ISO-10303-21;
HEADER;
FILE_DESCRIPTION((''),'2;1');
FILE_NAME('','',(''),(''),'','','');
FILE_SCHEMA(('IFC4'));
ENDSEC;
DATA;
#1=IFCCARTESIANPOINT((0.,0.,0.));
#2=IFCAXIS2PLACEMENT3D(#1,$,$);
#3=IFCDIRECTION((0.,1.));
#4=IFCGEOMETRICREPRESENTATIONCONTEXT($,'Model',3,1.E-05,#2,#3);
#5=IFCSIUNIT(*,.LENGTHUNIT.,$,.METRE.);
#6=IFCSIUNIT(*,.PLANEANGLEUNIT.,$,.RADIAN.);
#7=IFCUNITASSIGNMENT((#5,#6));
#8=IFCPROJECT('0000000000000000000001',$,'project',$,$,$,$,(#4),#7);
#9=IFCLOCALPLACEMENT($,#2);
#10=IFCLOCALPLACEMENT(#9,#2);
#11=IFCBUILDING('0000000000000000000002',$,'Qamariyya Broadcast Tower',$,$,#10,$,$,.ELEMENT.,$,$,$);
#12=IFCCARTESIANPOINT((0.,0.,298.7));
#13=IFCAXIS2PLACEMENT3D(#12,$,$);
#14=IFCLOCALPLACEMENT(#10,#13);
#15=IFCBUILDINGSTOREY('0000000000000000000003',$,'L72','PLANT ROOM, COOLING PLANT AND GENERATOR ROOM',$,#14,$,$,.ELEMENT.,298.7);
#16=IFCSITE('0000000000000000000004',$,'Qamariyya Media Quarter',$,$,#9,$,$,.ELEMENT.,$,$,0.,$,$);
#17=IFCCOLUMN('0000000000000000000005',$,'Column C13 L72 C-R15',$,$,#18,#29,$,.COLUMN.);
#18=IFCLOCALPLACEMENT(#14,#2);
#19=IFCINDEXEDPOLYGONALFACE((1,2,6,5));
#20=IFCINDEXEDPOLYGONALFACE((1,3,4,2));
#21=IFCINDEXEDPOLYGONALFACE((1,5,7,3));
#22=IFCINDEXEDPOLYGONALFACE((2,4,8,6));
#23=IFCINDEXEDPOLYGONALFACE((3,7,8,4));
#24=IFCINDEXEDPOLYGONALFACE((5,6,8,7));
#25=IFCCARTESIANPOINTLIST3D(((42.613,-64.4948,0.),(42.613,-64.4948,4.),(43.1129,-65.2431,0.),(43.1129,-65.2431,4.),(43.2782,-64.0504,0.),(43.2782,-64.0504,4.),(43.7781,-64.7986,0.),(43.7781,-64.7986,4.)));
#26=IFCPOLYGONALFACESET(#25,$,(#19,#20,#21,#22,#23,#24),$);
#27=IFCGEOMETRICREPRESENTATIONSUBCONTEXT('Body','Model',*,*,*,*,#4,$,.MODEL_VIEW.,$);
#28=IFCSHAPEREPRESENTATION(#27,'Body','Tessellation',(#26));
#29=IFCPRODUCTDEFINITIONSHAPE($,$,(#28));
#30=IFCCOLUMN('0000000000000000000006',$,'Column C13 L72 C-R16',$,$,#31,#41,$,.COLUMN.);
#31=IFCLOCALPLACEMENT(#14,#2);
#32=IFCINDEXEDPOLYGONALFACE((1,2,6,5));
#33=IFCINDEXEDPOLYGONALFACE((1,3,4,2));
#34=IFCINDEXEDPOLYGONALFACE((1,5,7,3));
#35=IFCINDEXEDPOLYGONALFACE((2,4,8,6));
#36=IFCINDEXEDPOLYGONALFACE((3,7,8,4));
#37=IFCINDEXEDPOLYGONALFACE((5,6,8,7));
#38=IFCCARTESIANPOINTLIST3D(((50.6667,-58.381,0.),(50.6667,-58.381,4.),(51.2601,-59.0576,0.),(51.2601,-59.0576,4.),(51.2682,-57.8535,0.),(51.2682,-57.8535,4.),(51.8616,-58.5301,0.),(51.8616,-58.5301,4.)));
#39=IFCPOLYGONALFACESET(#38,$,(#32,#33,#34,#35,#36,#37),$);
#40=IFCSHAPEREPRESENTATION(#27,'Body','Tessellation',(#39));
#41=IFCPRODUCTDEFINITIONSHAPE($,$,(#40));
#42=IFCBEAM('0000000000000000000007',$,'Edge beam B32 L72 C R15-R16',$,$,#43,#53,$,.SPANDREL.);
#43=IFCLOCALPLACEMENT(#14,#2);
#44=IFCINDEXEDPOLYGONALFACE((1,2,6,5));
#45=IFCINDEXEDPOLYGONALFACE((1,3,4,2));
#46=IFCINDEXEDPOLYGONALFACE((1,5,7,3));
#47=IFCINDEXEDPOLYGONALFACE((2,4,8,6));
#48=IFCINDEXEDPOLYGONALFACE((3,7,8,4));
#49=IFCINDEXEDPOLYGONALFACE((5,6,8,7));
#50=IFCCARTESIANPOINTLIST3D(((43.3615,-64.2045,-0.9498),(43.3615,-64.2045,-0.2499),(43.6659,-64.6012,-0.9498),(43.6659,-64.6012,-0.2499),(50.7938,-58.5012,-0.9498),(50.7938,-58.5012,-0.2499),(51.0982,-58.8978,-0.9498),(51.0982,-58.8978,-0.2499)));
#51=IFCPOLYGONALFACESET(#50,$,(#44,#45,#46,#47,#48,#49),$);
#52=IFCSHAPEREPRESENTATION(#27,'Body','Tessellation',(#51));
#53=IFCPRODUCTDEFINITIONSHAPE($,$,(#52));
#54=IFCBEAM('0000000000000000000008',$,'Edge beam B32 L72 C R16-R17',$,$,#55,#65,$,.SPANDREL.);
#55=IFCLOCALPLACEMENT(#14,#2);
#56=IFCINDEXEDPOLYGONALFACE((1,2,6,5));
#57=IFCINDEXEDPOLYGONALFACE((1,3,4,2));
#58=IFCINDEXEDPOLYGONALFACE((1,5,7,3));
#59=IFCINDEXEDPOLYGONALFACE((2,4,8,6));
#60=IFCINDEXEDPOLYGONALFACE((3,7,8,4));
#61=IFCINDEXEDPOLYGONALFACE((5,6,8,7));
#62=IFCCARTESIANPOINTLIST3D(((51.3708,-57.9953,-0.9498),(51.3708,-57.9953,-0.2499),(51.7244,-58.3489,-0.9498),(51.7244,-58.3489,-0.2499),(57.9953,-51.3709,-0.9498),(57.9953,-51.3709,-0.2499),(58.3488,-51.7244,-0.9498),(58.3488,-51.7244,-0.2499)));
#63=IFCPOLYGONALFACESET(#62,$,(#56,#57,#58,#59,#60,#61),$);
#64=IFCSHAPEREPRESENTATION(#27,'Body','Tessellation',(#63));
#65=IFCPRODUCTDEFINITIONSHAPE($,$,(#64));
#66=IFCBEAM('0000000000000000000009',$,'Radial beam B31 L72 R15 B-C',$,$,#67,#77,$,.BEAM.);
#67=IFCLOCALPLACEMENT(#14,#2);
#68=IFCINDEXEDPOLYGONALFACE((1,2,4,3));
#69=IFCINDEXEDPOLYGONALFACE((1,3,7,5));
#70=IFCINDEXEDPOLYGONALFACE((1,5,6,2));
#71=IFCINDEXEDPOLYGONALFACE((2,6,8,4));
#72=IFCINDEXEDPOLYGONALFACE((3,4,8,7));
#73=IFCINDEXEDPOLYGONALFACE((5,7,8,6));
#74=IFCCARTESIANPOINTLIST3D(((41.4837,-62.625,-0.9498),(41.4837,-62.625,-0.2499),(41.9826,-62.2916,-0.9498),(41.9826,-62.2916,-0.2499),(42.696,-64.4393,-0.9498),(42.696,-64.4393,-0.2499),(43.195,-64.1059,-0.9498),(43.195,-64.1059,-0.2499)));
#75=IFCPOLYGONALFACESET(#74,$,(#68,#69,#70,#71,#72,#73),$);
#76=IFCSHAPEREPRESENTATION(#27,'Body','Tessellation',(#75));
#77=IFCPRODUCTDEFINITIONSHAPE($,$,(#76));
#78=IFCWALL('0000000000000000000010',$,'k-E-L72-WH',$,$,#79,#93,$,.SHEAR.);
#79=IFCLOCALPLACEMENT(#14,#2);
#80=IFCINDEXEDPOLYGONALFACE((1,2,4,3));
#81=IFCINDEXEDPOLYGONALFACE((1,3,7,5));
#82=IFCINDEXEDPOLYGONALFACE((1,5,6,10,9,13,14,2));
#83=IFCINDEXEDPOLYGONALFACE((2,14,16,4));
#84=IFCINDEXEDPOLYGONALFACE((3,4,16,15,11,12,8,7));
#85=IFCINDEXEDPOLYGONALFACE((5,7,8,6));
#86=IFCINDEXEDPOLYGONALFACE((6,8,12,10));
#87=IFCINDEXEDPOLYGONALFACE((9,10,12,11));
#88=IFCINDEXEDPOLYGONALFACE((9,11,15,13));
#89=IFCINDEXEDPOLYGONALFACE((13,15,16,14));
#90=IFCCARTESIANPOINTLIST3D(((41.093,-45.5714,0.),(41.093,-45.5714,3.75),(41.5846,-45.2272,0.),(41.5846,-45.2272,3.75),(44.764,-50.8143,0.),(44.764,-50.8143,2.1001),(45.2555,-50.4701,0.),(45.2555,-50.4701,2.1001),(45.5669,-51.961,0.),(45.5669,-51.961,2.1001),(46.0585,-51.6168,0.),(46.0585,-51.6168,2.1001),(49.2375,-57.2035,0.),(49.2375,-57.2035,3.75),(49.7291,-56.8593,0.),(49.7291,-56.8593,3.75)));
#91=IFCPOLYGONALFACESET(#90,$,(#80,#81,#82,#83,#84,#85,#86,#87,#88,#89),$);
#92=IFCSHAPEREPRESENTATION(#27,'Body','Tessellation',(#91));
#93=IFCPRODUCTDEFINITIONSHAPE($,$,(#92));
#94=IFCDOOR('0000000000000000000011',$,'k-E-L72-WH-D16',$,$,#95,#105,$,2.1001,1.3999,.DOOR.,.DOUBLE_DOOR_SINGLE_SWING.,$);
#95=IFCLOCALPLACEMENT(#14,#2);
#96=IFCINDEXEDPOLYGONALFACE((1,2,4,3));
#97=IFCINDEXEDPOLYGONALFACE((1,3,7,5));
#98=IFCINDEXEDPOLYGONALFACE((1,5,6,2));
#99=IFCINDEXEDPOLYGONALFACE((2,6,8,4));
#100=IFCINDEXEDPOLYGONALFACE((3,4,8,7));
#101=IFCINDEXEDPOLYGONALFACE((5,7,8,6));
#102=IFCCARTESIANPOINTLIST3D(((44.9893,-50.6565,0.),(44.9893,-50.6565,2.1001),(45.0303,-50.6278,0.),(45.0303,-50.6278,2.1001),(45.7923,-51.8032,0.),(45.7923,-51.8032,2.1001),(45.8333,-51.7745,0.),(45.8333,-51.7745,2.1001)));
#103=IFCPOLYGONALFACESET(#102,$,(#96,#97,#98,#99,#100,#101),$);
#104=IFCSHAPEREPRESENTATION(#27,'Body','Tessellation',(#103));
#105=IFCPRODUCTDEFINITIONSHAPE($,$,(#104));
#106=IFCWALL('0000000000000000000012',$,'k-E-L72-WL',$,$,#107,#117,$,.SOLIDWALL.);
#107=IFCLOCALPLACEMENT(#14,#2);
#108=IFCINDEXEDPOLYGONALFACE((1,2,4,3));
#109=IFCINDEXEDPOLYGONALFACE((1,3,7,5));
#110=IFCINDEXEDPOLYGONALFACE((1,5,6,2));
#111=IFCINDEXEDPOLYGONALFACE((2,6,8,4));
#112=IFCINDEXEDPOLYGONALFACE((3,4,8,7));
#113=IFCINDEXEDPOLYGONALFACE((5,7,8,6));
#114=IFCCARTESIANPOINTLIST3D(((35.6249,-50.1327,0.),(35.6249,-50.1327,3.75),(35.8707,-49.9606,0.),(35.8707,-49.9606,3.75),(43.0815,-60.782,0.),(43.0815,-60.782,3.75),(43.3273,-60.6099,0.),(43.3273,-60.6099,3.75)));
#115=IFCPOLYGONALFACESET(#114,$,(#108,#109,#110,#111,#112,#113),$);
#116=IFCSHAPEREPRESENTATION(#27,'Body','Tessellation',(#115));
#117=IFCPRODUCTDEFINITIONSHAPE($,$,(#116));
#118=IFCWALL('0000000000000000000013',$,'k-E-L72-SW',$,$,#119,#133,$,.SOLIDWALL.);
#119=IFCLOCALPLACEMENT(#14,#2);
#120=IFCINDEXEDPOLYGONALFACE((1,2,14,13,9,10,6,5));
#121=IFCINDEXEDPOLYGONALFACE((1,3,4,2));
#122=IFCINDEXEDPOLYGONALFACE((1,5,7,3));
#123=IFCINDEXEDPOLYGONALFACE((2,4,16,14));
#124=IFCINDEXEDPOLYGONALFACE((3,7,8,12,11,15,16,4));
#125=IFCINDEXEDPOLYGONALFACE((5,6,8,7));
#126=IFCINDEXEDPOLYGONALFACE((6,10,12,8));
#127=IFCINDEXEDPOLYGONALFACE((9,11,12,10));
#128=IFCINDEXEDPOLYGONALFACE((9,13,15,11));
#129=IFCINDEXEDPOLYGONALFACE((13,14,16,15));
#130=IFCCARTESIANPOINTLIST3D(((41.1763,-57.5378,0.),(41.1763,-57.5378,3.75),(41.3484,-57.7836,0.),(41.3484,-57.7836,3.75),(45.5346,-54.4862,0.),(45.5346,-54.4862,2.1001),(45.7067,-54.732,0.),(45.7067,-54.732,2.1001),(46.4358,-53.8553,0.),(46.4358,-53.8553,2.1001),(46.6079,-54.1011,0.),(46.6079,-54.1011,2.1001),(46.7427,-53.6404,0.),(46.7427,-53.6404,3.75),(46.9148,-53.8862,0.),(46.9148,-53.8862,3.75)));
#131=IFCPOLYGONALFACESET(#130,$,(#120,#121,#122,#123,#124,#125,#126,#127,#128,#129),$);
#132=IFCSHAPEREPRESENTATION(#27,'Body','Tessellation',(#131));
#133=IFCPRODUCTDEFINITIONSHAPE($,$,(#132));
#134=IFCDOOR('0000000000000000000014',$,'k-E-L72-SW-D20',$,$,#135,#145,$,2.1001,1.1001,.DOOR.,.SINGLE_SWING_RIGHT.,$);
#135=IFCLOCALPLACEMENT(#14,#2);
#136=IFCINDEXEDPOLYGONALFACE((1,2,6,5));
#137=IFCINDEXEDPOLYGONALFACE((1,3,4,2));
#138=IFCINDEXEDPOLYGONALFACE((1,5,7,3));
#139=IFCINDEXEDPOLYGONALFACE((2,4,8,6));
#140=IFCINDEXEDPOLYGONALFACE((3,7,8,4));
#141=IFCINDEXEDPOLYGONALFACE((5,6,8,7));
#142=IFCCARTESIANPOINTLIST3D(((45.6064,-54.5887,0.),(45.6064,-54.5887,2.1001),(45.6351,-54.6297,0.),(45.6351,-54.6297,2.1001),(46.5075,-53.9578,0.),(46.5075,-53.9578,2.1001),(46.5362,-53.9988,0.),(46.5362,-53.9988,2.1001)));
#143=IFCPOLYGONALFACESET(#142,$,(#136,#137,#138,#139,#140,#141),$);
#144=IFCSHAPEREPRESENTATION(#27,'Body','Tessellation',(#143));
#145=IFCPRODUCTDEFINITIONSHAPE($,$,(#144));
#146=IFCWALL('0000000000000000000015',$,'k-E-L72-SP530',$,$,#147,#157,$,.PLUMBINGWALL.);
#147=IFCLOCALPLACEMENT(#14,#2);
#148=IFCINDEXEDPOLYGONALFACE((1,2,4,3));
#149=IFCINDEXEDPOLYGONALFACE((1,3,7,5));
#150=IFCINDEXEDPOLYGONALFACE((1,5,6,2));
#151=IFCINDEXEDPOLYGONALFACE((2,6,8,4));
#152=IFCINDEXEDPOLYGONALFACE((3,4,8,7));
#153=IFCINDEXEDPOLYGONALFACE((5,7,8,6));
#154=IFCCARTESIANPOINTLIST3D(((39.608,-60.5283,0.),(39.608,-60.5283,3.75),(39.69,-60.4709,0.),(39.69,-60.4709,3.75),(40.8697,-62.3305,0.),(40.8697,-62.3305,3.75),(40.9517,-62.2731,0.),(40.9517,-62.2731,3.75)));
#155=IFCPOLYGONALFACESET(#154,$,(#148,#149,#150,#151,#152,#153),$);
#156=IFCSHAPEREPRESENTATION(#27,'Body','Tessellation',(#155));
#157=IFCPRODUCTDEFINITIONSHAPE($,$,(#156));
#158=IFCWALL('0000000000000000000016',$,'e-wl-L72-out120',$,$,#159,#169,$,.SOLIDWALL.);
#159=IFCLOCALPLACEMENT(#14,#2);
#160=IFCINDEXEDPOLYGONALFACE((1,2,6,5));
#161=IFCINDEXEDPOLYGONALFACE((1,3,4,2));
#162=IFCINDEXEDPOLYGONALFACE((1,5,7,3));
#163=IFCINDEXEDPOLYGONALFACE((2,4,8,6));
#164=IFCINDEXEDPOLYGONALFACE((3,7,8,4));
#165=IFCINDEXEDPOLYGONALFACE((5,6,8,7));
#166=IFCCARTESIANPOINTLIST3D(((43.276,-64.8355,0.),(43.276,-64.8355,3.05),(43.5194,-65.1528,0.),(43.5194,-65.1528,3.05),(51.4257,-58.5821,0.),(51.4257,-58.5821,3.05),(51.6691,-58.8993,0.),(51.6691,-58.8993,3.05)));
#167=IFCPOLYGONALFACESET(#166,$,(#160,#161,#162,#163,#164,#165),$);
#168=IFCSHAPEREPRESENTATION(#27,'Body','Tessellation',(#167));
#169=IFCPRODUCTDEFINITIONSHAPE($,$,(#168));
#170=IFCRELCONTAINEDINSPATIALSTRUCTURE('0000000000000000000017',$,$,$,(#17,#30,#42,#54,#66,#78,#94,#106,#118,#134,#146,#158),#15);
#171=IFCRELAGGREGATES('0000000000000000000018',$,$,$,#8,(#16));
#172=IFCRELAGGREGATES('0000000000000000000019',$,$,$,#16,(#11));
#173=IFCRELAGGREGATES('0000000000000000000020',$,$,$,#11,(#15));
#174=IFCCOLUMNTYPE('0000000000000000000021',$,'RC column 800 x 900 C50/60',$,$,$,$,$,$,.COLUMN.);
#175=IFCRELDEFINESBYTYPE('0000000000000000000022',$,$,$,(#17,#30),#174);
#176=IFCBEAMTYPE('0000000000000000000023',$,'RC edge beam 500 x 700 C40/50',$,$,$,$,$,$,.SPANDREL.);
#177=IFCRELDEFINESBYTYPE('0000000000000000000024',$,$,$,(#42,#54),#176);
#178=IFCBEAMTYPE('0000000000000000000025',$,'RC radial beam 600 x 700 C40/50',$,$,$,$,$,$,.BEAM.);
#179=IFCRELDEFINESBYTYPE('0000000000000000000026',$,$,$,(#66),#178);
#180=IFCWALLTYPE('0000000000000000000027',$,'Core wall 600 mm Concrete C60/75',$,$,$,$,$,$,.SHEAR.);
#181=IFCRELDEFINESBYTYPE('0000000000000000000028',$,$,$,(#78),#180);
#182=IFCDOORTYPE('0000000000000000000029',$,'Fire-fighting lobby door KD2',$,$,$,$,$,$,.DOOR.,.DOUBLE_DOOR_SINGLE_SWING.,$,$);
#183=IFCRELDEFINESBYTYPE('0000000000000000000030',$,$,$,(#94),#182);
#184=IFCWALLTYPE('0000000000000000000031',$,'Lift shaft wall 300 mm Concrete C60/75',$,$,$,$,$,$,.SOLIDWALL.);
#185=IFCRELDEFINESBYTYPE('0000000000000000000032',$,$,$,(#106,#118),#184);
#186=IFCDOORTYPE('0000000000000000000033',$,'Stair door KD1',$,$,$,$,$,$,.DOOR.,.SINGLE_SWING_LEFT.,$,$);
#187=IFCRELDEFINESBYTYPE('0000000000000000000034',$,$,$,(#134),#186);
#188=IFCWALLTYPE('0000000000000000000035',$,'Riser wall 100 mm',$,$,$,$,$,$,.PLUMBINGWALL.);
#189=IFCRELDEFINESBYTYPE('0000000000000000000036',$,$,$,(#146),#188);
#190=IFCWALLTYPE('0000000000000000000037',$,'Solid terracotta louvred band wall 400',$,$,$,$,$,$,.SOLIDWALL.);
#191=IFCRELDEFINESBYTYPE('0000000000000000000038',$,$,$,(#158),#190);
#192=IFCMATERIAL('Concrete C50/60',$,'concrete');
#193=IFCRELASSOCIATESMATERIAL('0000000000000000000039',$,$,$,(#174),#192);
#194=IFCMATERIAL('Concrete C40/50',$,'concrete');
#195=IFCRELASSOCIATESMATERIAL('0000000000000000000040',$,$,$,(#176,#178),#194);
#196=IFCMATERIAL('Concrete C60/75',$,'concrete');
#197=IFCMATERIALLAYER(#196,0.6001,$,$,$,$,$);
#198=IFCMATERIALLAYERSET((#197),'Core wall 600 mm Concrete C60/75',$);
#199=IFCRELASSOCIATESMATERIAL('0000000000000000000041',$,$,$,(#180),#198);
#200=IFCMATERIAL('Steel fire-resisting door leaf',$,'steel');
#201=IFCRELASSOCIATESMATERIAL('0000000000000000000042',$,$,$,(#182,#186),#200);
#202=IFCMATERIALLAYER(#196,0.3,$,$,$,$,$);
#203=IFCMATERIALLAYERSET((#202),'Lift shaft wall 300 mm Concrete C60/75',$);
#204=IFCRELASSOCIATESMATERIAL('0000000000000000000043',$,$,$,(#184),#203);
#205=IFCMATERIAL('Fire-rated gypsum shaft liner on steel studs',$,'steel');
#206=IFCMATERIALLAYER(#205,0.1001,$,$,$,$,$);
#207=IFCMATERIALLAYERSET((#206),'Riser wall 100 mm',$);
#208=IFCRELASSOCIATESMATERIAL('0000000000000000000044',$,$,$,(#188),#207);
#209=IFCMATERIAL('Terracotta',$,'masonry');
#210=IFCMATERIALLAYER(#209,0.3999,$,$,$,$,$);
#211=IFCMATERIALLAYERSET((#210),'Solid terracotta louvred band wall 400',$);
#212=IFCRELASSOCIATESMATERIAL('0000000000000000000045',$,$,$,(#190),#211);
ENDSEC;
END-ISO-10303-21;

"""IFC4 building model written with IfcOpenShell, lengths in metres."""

from ifc_helpers import new_model, si_unit, direction, frame, frame_2d, origin, origin_2d, place, context, subcontext, project, spatial, rectangle, extrude, material, layer, layer_set, material_profile, profile_set, type_object, element, fill, save


model = new_model("IFC4")

# Units and contexts
model_context = context("Model", 3, precision=1e-05, world=origin(), true_north=direction((0.0, 1.0)))
body_context = subcontext(model_context, "Body", "Model", "MODEL_VIEW")
ifc_project = project(units=[si_unit("LENGTHUNIT", "METRE"), si_unit("PLANEANGLEUNIT", "RADIAN")], contexts=[model_context])

# Site, building, storey
site_placement = place(None, origin())
site = spatial("IfcSite", under=ifc_project, at=site_placement, Name="Qamariyya Media Quarter", CompositionType="ELEMENT", RefElevation=0.0)
building_placement = place(site_placement, origin())
building = spatial("IfcBuilding", under=site, at=building_placement, Name="Qamariyya Broadcast Tower", CompositionType="ELEMENT")
storey_placement = place(building_placement, frame((0.0, 0.0, 298.7)))
storey = spatial("IfcBuildingStorey", under=building, at=storey_placement, Name="L72", Description="PLANT ROOM, COOLING PLANT AND GENERATOR ROOM", CompositionType="ELEMENT", Elevation=298.7)

# Columns
ifc_material_1 = material(Name="Concrete C50/60", Category="concrete")
ifc_material_profile_1 = material_profile(ifc_material_1, rectangle(XDim=0.8, YDim=0.8999, at=origin_2d()))
ifc_profile_set_1 = profile_set([ifc_material_profile_1], Name="Concrete C50/60")
column_type = type_object("IfcColumnType", Name="RC column 800 x 900 C50/60", PredefinedType="COLUMN", material=ifc_profile_set_1)
for number, where, z_axis, x_axis, name in (
    (1, (43.1956, -64.6467, 0.0), (0.0, 0.0, 1.0), (0.83147, 0.55557, 0.0), "Column C13 L72 C-R15"),
    (2, (51.2642, -58.4556, 0.0), (0.0, 0.0, 1.0), (0.75184, 0.659346, 0.0), "Column C13 L72 C-R16"),
):
    element("IfcColumn", number, at=place(storey_placement, frame(where, z_axis=z_axis, x_axis=x_axis)), inside=storey, type_object=column_type, Name=name, PredefinedType="COLUMN", context=body_context, shape_type="SweptSolid", body=[
        extrude(rectangle(XDim=0.8, YDim=0.8999, at=origin_2d()), origin(), (0.0, 0.0, 1.0), 4.0),
    ])

# Beams
ifc_material_2 = material(Name="Concrete C40/50", Category="concrete")
ifc_material_profile_2 = material_profile(ifc_material_2, rectangle(XDim=0.5, YDim=0.7, at=origin_2d()))
ifc_profile_set_2 = profile_set([ifc_material_profile_2], Name="Concrete C40/50")
beam_type_1 = type_object("IfcBeamType", Name="RC edge beam 500 x 700 C40/50", PredefinedType="SPANDREL", material=ifc_profile_set_2)
for number, where, z_axis, x_axis, name in (
    (3, (43.5137, -64.4028, -0.5999), (0.793337, 0.608782, 0.0), (-0.608782, 0.793337, 0.0), "Edge beam B32 L72 C R15-R16"),
    (4, (51.5476, -58.1721, -0.5999), (0.707107, 0.707107, 0.0), (-0.707107, 0.707107, 0.0), "Edge beam B32 L72 C R16-R17"),
):
    element("IfcBeam", number, at=place(storey_placement, frame(where, z_axis=z_axis, x_axis=x_axis)), inside=storey, type_object=beam_type_1, Name=name, PredefinedType="SPANDREL", context=body_context, shape_type="SweptSolid", body=[
        extrude(rectangle(XDim=0.5, YDim=0.7, at=origin_2d()), origin(), (0.0, 0.0, 1.0), 9.3684),
    ])
ifc_material_profile_3 = material_profile(ifc_material_2, rectangle(XDim=0.6001, YDim=0.7, at=origin_2d()))
ifc_profile_set_3 = profile_set([ifc_material_profile_3], Name="Concrete C40/50")
beam_type_2 = type_object("IfcBeamType", Name="RC radial beam 600 x 700 C40/50", PredefinedType="BEAM", material=ifc_profile_set_3)
beam_placement = place(storey_placement, frame((41.7332, -62.4583, -0.5999), z_axis=(0.555578, -0.831465, 0.0), x_axis=(0.831465, 0.555578, 0.0)))
element("IfcBeam", 5, at=beam_placement, inside=storey, type_object=beam_type_2, Name="Radial beam B31 L72 R15 B-C", PredefinedType="BEAM", context=body_context, shape_type="SweptSolid", body=[
    extrude(rectangle(XDim=0.6001, YDim=0.7, at=origin_2d()), origin(), (0.0, 0.0, 1.0), 2.1821),
])

# Wall, opening, door
ifc_material_3 = material(Name="Concrete C60/75", Category="concrete")
ifc_layer_1 = layer(ifc_material_3, 0.6001)
ifc_layer_set_1 = layer_set([ifc_layer_1], Name="Core wall 600 mm Concrete C60/75")
wall_type_1 = type_object("IfcWallType", Name="Core wall 600 mm Concrete C60/75", PredefinedType="SHEAR", material=ifc_layer_set_1)
wall_1_placement = place(storey_placement, frame((49.4834, -57.0315, 0.0), z_axis=(0.0, 0.0, 1.0), x_axis=(-0.57356, 0.819163, 0.0)))
wall_1 = element("IfcWall", 6, at=wall_1_placement, inside=storey, type_object=wall_type_1, Name="k-E-L72-WH", PredefinedType="SHEAR", context=body_context, shape_type="SweptSolid", body=[
    extrude(rectangle(XDim=14.2, YDim=0.6001, at=frame_2d((7.1001, 0.0))), origin(), (0.0, 0.0, 1.0), 3.75),
])
opening_1_placement = place(wall_1_placement, frame((6.3999, 0.0, 0.0)))
opening_1 = element("IfcOpeningElement", 7, at=opening_1_placement, cuts=wall_1, PredefinedType="OPENING", context=body_context, shape_type="SweptSolid", body=[
    extrude(rectangle(XDim=1.3999, YDim=2.1001, at=frame_2d((0.7, 1.05))), frame((0.0, 0.3101, 0.0), z_axis=(0.0, -1.0, 0.0), x_axis=(1.0, 0.0, 0.0)), (0.0, 0.0, 1.0), 0.6201),
])
ifc_material_4 = material(Name="Steel fire-resisting door leaf", Category="steel")
door_type_1 = type_object("IfcDoorType", Name="Fire-fighting lobby door KD2", OperationType="DOUBLE_DOOR_SINGLE_SWING", PredefinedType="DOOR", material=ifc_material_4)
door_1_placement = place(opening_1_placement, origin())
door_1 = element("IfcDoor", 8, at=door_1_placement, inside=storey, type_object=door_type_1, Name="k-E-L72-WH-D16", OperationType="DOUBLE_DOOR_SINGLE_SWING", OverallHeight=2.1001, OverallWidth=1.3999, PredefinedType="DOOR", context=body_context, shape_type="SweptSolid", body=[
    extrude(rectangle(XDim=1.3999, YDim=2.1001, at=frame_2d((0.7, 1.05))), frame((0.0, 0.0249, 0.0), z_axis=(0.0, -1.0, 0.0), x_axis=(1.0, 0.0, 0.0)), (0.0, 0.0, 1.0), 0.05),
])
fill(opening_1, door_1)

# Wall
ifc_layer_2 = layer(ifc_material_3, 0.3)
ifc_layer_set_2 = layer_set([ifc_layer_2], Name="Lift shaft wall 300 mm Concrete C60/75")
wall_type_2 = type_object("IfcWallType", Name="Lift shaft wall 300 mm Concrete C60/75", PredefinedType="SOLIDWALL", material=ifc_layer_set_2)
wall_2_placement = place(storey_placement, frame((43.2043, -60.6958, 0.0), z_axis=(0.0, 0.0, 1.0), x_axis=(-0.573572, 0.819155, 0.0)))
element("IfcWall", 9, at=wall_2_placement, inside=storey, type_object=wall_type_2, Name="k-E-L72-WL", PredefinedType="SOLIDWALL", context=body_context, shape_type="SweptSolid", body=[
    extrude(rectangle(XDim=13.0002, YDim=0.3, at=frame_2d((6.5, 0.0))), origin(), (0.0, 0.0, 1.0), 3.75),
])

# Wall, opening, door
wall_3_placement = place(storey_placement, frame((41.2625, -57.6606, 0.0), z_axis=(0.0, 0.0, 1.0), x_axis=(0.819164, 0.573559, 0.0)))
wall_3 = element("IfcWall", 10, at=wall_3_placement, inside=storey, type_object=wall_type_2, Name="k-E-L72-SW", PredefinedType="SOLIDWALL", context=body_context, shape_type="SweptSolid", body=[
    extrude(rectangle(XDim=6.7952, YDim=0.3, at=frame_2d((3.3975, 0.0))), origin(), (0.0, 0.0, 1.0), 3.75),
])
opening_2_placement = place(wall_3_placement, frame((5.3203, 0.0, 0.0)))
opening_2 = element("IfcOpeningElement", 11, at=opening_2_placement, cuts=wall_3, PredefinedType="OPENING", context=body_context, shape_type="SweptSolid", body=[
    extrude(rectangle(XDim=1.1001, YDim=2.1001, at=frame_2d((0.55, 1.05))), frame((0.0, 0.1599, 0.0), z_axis=(0.0, -1.0, 0.0), x_axis=(1.0, 0.0, 0.0)), (0.0, 0.0, 1.0), 0.3201),
])
door_type_2 = type_object("IfcDoorType", Name="Stair door KD1", OperationType="SINGLE_SWING_LEFT", PredefinedType="DOOR", material=ifc_material_4)
door_2_placement = place(opening_2_placement, origin())
door_2 = element("IfcDoor", 12, at=door_2_placement, inside=storey, type_object=door_type_2, Name="k-E-L72-SW-D20", OperationType="SINGLE_SWING_RIGHT", OverallHeight=2.1001, OverallWidth=1.1001, PredefinedType="DOOR", context=body_context, shape_type="SweptSolid", body=[
    extrude(rectangle(XDim=1.1001, YDim=2.1001, at=frame_2d((0.55, 1.05))), frame((0.0, 0.0249, 0.0), z_axis=(0.0, -1.0, 0.0), x_axis=(1.0, 0.0, 0.0)), (0.0, 0.0, 1.0), 0.05),
])
fill(opening_2, door_2)

# Walls
ifc_material_5 = material(Name="Fire-rated gypsum shaft liner on steel studs", Category="steel")
ifc_layer_3 = layer(ifc_material_5, 0.1001)
ifc_layer_set_3 = layer_set([ifc_layer_3], Name="Riser wall 100 mm")
wall_type_3 = type_object("IfcWallType", Name="Riser wall 100 mm", PredefinedType="PLUMBINGWALL", material=ifc_layer_set_3)
wall_4_placement = place(storey_placement, frame((39.6489, -60.4995, 0.0), z_axis=(0.0, 0.0, 1.0), x_axis=(0.573507, -0.819201, 0.0)))
element("IfcWall", 13, at=wall_4_placement, inside=storey, type_object=wall_type_3, Name="k-E-L72-SP530", PredefinedType="PLUMBINGWALL", context=body_context, shape_type="SweptSolid", body=[
    extrude(rectangle(XDim=2.2, YDim=0.1001, at=frame_2d((1.1001, 0.0))), origin(), (0.0, 0.0, 1.0), 3.75),
])
ifc_material_6 = material(Name="Terracotta", Category="masonry")
ifc_layer_4 = layer(ifc_material_6, 0.3999)
ifc_layer_set_4 = layer_set([ifc_layer_4], Name="Solid terracotta louvred band wall 400")
wall_type_4 = type_object("IfcWallType", Name="Solid terracotta louvred band wall 400", PredefinedType="SOLIDWALL", material=ifc_layer_set_4)
wall_5_placement = place(storey_placement, frame((43.3977, -64.9941, 0.0), z_axis=(0.0, 0.0, 1.0), x_axis=(0.793355, 0.608759, 0.0)))
element("IfcWall", 14, at=wall_5_placement, inside=storey, type_object=wall_type_4, Name="e-wl-L72-out120", PredefinedType="SOLIDWALL", context=body_context, shape_type="SweptSolid", body=[
    extrude(rectangle(XDim=10.2725, YDim=0.3999, at=frame_2d((5.1362, 0.0))), origin(), (0.0, 0.0, 1.0), 3.05),
])

save(model, "model.ifc")
